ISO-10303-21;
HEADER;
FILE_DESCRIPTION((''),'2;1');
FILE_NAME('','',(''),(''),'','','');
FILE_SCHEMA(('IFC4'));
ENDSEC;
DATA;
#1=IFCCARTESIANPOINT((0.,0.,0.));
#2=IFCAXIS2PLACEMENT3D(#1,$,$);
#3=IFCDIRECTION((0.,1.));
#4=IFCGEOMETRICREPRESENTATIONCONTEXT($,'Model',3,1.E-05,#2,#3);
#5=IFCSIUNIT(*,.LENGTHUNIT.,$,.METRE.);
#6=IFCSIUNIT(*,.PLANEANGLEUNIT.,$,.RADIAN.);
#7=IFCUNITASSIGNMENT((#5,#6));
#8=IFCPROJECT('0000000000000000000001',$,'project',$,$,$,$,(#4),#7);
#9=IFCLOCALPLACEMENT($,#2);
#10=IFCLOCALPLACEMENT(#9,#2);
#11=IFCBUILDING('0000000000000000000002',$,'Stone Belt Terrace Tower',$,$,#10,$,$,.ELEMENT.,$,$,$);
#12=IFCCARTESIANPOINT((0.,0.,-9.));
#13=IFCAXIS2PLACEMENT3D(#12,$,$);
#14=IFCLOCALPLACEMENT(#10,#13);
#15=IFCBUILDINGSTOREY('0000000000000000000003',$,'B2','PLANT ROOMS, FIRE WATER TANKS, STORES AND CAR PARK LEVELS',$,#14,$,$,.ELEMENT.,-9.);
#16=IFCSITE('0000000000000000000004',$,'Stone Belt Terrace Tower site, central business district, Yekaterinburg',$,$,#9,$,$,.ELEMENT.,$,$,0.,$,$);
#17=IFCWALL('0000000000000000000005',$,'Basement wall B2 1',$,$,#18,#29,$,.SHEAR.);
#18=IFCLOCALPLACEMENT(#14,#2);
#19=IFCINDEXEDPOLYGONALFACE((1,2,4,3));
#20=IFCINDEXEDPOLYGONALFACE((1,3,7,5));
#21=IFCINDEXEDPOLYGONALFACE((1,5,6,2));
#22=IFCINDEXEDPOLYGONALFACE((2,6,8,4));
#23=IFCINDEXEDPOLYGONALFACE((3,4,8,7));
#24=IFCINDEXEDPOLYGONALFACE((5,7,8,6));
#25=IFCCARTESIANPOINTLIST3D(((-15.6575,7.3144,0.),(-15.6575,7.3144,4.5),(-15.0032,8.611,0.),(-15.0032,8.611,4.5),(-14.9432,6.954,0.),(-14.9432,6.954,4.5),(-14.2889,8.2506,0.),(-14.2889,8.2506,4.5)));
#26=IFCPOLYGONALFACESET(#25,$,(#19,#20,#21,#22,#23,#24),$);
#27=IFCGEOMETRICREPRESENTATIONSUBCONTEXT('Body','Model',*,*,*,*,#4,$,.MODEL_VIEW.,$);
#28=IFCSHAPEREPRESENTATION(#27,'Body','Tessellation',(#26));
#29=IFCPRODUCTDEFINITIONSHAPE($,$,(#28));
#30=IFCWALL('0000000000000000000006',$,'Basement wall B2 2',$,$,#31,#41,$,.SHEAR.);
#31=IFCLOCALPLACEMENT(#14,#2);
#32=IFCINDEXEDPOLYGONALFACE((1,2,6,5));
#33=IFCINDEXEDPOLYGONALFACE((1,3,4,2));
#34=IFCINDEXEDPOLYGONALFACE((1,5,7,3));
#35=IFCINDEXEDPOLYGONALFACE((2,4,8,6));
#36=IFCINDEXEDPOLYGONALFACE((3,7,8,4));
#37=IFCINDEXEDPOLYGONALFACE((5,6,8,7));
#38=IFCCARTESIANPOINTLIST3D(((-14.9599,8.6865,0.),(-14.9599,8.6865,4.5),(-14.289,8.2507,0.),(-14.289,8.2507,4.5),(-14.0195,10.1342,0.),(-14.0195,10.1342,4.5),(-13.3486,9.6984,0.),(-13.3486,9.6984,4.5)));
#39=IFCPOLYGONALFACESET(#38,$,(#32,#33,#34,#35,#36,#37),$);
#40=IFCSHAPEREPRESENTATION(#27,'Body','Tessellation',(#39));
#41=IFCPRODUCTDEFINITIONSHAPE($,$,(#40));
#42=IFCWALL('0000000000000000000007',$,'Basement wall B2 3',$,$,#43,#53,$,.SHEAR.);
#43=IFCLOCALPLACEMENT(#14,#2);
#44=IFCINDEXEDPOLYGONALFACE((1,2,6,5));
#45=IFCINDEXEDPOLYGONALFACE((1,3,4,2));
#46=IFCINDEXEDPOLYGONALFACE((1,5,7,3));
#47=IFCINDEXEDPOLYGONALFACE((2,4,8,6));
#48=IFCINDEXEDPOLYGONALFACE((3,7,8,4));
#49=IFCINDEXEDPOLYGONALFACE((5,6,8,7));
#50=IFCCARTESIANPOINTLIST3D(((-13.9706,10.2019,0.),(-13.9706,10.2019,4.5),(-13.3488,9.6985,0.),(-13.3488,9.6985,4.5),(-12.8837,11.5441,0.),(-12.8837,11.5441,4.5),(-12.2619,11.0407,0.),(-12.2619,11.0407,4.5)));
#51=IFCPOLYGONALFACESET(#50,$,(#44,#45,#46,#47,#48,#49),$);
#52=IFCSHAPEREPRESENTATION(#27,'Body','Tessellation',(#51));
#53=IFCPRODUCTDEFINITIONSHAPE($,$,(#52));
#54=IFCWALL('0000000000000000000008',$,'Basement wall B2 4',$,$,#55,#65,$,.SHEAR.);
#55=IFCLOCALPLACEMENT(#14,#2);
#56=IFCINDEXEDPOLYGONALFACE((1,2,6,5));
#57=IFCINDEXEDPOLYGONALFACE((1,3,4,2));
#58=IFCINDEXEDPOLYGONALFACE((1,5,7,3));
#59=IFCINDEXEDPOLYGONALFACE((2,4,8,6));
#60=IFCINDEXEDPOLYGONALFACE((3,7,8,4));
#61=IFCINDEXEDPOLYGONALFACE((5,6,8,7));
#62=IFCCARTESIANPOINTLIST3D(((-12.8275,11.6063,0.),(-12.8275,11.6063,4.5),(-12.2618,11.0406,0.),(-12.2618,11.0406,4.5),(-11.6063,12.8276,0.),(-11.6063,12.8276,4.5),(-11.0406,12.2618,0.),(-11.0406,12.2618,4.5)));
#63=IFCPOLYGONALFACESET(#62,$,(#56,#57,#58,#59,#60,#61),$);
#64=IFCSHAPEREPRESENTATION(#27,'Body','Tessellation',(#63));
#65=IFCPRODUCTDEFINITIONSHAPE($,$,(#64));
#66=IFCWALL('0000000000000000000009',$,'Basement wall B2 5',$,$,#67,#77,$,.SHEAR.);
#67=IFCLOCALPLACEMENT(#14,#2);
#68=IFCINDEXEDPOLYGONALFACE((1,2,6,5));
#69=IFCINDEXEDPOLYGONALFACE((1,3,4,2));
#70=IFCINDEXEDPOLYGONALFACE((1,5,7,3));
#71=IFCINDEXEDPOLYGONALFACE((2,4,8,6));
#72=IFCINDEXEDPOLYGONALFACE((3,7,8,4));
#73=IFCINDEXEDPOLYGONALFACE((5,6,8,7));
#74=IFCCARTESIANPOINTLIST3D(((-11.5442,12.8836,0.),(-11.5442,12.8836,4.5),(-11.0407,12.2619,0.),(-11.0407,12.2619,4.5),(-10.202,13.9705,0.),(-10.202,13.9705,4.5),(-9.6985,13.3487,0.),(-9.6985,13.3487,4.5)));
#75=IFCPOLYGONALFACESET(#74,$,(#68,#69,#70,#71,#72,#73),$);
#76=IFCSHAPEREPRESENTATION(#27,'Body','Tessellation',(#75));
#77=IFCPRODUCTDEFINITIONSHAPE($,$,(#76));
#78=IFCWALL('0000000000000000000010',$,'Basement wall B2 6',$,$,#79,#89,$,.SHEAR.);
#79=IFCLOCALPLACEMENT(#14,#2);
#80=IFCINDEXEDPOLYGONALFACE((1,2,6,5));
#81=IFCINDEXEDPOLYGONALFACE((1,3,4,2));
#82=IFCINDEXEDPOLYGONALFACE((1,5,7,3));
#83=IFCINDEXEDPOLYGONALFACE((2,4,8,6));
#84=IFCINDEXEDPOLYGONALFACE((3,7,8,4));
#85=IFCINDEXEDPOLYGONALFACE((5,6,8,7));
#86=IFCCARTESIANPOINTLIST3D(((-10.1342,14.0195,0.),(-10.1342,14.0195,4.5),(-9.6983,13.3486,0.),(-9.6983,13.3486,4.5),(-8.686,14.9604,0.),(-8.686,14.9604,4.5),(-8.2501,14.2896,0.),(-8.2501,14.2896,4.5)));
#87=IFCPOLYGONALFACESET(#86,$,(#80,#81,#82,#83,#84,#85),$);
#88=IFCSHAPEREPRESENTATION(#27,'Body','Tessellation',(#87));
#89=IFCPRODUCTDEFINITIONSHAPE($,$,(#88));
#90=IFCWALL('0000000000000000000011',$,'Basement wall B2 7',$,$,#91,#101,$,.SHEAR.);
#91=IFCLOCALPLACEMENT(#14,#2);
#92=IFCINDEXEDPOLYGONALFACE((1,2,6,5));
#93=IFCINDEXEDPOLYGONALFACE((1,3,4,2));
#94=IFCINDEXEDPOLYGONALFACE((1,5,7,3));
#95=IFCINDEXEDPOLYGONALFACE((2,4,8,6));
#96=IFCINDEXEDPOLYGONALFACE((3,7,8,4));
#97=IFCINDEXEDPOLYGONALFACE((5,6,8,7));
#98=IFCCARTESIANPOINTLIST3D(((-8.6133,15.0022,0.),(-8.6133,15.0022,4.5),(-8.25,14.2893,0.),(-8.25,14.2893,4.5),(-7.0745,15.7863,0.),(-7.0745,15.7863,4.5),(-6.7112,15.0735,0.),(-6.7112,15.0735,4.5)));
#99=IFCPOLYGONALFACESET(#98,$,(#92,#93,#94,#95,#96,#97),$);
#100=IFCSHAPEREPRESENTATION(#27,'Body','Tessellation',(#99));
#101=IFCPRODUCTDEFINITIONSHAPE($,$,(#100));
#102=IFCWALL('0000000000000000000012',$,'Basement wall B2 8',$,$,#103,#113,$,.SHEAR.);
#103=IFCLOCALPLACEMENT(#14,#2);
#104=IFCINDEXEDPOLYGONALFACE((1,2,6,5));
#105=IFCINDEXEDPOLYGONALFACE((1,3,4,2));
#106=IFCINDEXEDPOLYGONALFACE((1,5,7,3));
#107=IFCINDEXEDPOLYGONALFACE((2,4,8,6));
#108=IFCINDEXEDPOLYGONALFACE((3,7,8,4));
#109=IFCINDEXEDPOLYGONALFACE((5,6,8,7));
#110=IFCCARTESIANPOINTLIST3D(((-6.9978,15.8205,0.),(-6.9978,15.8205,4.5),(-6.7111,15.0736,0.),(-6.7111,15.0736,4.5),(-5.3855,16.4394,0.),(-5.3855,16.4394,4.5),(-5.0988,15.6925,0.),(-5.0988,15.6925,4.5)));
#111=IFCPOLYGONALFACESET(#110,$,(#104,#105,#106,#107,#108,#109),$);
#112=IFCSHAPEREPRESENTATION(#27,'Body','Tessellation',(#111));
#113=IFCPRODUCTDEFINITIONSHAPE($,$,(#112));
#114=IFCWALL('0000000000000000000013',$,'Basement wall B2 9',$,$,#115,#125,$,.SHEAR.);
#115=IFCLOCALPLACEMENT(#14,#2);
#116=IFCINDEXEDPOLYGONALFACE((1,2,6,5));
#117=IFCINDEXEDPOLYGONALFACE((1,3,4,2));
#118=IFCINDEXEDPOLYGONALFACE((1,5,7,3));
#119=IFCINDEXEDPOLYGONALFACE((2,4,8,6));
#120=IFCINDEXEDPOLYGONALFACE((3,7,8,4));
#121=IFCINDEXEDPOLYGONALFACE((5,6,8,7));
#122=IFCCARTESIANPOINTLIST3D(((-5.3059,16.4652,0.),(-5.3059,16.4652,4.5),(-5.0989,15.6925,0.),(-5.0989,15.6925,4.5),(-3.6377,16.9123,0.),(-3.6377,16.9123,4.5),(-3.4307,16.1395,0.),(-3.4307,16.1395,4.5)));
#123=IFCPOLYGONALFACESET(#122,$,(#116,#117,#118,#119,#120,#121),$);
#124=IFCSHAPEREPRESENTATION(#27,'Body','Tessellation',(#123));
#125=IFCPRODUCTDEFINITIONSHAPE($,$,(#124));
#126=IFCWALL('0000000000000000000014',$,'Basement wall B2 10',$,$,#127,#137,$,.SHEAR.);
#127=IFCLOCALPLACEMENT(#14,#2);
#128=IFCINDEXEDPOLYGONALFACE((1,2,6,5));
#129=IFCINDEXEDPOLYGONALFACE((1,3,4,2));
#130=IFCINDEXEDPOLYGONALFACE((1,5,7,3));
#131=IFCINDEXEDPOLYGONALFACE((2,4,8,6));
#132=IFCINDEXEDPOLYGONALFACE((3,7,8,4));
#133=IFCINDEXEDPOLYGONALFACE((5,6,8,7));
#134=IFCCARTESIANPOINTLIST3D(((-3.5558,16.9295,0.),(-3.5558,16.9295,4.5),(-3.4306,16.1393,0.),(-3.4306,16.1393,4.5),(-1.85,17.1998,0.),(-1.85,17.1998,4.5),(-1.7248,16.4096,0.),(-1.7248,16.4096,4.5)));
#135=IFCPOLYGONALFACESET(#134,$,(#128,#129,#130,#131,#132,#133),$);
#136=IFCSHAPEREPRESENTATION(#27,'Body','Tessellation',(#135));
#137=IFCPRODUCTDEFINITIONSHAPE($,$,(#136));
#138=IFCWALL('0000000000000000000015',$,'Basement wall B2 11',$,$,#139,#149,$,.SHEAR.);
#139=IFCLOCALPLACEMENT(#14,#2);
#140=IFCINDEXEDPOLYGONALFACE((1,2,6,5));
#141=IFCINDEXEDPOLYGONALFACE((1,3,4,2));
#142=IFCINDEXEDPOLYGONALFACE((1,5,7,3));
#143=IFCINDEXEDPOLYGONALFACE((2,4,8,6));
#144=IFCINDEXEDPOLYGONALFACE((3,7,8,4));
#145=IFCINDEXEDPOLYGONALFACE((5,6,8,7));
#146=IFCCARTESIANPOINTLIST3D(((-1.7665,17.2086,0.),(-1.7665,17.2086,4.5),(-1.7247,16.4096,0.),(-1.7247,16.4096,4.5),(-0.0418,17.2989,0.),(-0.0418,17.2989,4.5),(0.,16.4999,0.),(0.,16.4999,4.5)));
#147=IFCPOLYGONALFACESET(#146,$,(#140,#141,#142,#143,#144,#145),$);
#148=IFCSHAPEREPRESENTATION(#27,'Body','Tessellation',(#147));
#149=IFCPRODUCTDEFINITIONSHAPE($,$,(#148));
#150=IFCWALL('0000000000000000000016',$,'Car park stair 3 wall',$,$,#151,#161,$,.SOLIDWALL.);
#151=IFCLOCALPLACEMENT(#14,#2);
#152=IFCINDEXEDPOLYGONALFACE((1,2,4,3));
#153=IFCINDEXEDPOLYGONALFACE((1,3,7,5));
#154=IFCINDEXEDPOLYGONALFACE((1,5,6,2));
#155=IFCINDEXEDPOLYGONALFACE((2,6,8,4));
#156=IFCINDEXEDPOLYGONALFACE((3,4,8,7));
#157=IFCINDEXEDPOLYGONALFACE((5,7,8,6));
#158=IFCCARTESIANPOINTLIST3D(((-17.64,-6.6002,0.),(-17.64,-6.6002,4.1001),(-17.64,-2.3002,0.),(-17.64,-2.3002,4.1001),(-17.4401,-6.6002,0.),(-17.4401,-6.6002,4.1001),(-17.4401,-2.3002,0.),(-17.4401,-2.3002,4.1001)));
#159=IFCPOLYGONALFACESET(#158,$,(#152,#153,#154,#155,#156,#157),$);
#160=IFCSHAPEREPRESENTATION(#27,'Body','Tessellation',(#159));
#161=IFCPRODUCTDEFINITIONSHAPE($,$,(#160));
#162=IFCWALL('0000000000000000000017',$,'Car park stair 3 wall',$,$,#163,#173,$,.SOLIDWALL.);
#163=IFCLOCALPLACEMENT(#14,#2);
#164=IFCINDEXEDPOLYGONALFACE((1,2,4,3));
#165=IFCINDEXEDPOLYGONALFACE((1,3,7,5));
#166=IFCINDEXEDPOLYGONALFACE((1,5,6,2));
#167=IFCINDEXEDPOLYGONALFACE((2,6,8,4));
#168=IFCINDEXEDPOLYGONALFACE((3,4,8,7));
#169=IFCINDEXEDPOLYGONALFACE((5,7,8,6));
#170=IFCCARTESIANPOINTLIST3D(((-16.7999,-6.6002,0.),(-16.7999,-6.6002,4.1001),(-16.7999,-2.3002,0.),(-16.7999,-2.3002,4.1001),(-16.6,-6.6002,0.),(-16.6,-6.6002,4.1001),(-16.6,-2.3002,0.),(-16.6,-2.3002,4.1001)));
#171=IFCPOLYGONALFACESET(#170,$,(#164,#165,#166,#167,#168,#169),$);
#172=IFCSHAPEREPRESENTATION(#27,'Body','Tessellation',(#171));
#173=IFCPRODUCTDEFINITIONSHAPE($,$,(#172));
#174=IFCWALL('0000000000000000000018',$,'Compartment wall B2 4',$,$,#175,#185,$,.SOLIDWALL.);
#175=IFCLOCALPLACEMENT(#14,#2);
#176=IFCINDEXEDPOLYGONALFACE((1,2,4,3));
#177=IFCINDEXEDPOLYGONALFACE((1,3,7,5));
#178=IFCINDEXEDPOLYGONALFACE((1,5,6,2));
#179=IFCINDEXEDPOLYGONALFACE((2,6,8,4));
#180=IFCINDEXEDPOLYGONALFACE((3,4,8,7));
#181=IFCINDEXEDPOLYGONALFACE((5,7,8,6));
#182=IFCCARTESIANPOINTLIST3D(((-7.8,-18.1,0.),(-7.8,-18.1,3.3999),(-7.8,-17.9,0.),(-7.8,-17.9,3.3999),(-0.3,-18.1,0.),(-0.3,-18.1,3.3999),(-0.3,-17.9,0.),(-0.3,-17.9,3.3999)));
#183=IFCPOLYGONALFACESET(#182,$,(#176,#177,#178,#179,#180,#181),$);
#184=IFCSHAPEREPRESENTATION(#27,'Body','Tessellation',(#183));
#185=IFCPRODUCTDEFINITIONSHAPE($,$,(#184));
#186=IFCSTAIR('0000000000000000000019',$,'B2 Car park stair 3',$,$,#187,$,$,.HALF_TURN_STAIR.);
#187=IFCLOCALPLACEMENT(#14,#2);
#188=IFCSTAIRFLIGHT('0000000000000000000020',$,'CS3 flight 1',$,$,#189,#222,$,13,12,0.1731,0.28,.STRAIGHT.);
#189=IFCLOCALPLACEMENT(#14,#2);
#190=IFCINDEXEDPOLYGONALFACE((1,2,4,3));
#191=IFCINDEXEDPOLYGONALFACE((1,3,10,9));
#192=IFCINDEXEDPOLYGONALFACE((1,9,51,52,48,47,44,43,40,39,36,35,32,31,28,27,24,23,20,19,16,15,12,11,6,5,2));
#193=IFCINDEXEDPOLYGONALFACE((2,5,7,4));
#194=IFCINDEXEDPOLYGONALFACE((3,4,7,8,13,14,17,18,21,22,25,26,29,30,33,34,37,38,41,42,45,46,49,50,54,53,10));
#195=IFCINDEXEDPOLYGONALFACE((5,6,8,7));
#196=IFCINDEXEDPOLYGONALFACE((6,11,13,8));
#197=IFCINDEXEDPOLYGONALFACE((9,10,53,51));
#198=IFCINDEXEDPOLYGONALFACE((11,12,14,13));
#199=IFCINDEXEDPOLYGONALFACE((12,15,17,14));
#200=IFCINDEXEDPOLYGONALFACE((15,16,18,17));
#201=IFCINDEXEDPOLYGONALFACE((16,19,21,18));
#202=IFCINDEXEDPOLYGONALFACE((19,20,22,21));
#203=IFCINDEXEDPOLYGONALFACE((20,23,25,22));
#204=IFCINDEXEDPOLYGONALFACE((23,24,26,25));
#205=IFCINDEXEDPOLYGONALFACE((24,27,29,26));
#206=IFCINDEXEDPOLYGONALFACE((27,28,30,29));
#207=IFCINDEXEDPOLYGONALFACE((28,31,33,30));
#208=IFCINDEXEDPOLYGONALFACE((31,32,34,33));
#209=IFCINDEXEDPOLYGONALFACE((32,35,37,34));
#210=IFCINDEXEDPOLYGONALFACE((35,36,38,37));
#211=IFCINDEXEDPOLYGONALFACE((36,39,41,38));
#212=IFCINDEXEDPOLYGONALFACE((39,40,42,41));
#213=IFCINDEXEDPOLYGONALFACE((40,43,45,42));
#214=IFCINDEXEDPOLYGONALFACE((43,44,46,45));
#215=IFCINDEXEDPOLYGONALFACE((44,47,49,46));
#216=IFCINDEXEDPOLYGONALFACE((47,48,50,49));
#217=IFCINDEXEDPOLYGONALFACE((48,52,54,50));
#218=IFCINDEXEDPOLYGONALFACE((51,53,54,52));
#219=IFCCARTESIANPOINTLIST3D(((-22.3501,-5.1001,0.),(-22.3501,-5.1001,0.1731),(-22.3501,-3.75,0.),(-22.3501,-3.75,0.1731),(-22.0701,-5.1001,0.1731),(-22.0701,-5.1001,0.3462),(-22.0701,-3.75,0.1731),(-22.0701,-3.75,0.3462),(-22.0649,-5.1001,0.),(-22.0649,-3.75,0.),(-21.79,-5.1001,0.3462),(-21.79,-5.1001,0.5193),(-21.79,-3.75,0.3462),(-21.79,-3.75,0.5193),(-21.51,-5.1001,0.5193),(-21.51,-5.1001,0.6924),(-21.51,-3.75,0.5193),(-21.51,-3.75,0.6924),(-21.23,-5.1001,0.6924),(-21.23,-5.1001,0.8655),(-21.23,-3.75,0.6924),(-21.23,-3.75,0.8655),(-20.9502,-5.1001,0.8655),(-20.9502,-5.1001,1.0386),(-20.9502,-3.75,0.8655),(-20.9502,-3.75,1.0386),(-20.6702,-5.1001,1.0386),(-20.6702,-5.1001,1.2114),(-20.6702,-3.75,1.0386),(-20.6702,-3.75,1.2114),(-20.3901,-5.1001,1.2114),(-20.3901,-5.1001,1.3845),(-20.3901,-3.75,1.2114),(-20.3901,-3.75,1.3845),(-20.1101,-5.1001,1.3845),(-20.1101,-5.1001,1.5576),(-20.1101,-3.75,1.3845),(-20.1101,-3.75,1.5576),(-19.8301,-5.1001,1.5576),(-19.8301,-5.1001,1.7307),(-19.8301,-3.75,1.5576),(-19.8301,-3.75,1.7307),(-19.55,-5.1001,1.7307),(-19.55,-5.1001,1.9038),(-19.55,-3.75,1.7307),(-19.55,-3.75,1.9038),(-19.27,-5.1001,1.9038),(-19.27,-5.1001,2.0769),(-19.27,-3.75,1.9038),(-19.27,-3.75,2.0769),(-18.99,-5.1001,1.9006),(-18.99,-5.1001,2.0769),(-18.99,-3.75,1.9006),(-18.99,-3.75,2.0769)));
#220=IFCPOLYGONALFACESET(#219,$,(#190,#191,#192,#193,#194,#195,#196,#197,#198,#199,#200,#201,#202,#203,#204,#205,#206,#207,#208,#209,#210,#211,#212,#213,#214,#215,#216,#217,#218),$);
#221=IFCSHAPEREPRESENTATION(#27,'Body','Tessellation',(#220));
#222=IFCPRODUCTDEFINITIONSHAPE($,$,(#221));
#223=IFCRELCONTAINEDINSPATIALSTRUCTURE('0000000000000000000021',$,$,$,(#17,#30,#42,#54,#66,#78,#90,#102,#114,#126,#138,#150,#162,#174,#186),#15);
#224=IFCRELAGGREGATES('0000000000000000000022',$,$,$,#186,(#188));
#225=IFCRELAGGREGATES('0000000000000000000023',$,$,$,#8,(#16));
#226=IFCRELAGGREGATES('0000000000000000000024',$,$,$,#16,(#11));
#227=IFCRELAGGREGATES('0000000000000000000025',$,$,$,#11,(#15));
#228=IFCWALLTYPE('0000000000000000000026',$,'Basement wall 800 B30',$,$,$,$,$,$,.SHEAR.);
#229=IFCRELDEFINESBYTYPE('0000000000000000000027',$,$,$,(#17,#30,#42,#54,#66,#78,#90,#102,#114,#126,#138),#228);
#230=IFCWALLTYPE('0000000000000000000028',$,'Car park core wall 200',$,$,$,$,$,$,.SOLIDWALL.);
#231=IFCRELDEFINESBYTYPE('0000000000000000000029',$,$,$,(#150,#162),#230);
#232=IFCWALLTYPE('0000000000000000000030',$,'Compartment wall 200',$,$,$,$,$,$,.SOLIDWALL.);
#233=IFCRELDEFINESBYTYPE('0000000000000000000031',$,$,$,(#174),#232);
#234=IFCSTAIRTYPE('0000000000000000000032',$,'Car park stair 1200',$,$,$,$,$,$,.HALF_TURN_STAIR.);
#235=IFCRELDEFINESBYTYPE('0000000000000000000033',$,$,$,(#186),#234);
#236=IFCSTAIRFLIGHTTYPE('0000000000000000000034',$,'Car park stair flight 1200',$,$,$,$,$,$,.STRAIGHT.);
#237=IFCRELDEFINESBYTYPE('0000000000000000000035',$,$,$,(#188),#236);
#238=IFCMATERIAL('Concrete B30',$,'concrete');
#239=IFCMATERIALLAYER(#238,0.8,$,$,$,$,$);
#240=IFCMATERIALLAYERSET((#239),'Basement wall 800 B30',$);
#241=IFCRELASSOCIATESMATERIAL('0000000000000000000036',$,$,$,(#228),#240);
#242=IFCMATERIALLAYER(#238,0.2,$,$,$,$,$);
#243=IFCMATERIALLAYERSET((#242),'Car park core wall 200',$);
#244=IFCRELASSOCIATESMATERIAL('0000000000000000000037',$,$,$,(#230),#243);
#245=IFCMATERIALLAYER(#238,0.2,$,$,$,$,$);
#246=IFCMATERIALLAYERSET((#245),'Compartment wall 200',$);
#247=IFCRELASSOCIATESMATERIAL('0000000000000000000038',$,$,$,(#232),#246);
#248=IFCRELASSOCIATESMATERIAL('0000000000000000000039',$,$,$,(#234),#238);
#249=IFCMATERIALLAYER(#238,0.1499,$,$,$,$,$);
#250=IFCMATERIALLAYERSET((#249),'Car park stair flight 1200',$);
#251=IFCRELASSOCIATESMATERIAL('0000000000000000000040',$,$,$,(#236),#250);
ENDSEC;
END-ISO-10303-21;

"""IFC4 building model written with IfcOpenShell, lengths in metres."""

from ifc_helpers import new_model, si_unit, direction, frame, frame_2d, origin, place, context, subcontext, project, spatial, polyline, rectangle, outline, extrude, material, layer, layer_set, type_object, element, aggregate, save


model = new_model("IFC4")

# Units and contexts
model_context = context("Model", 3, precision=1e-05, world=origin(), true_north=direction((0.0, 1.0)))
body_context = subcontext(model_context, "Body", "Model", "MODEL_VIEW")
ifc_project = project(units=[si_unit("LENGTHUNIT", "METRE"), si_unit("PLANEANGLEUNIT", "RADIAN")], contexts=[model_context])

# Site, building, storey
site_placement = place(None, origin())
site = spatial("IfcSite", under=ifc_project, at=site_placement, Name="Stone Belt Terrace Tower site, central business district, Yekaterinburg", CompositionType="ELEMENT", RefElevation=0.0)
building_placement = place(site_placement, origin())
building = spatial("IfcBuilding", under=site, at=building_placement, Name="Stone Belt Terrace Tower", CompositionType="ELEMENT")
storey_placement = place(building_placement, frame((0.0, 0.0, -9.0)))
storey = spatial("IfcBuildingStorey", under=building, at=storey_placement, Name="B2", Description="PLANT ROOMS, FIRE WATER TANKS, STORES AND CAR PARK LEVELS", CompositionType="ELEMENT", Elevation=-9.0)

# Walls
ifc_material_1 = material(Name="Concrete B30", Category="concrete")
ifc_layer_1 = layer(ifc_material_1, 0.8)
ifc_layer_set_1 = layer_set([ifc_layer_1], Name="Basement wall 800 B30")
wall_type_1 = type_object("IfcWallType", Name="Basement wall 800 B30", PredefinedType="SHEAR", material=ifc_layer_set_1)
wall_1_placement = place(storey_placement, frame((-15.3003, 7.1343, 0.0), z_axis=(0.0, 0.0, 1.0), x_axis=(0.450505, 0.892774, 0.0)))
element("IfcWall", 1, at=wall_1_placement, inside=storey, type_object=wall_type_1, Name="Basement wall B2 1", PredefinedType="SHEAR", context=body_context, shape_type="SweptSolid", body=[
    extrude(rectangle(XDim=1.4524, YDim=0.8, at=frame_2d((0.7261, 0.0))), origin(), (0.0, 0.0, 1.0), 4.5),
])
wall_2_placement = place(storey_placement, frame((-14.6245, 8.4685, 0.0), z_axis=(0.0, 0.0, 1.0), x_axis=(0.54474, 0.838605, 0.0)))
element("IfcWall", 2, at=wall_2_placement, inside=storey, type_object=wall_type_1, Name="Basement wall B2 2", PredefinedType="SHEAR", context=body_context, shape_type="SweptSolid", body=[
    extrude(rectangle(XDim=1.7263, YDim=0.8, at=frame_2d((0.8633, 0.0))), origin(), (0.0, 0.0, 1.0), 4.5),
])
for number, where, z_axis, x_axis, name in (
    (3, (-13.6597, 9.9502, 0.0), (0.0, 0.0, 1.0), (0.629304, 0.777159, 0.0), "Basement wall B2 3"),
    (4, (-12.5447, 11.3235, 0.0), (0.0, 0.0, 1.0), (0.707107, 0.707107, 0.0), "Basement wall B2 4"),
    (5, (-11.2925, 12.5728, 0.0), (0.0, 0.0, 1.0), (0.777159, 0.629304, 0.0), "Basement wall B2 5"),
    (6, (-9.9163, 13.6841, 0.0), (0.0, 0.0, 1.0), (0.83856, 0.544809, 0.0), "Basement wall B2 6"),
    (7, (-8.4316, 14.6458, 0.0), (0.0, 0.0, 1.0), (0.89098, 0.454042, 0.0), "Basement wall B2 7"),
    (8, (-6.8545, 15.447, 0.0), (0.0, 0.0, 1.0), (0.933582, 0.358363, 0.0), "Basement wall B2 8"),
    (9, (-5.2024, 16.0789, 0.0), (0.0, 0.0, 1.0), (0.965922, 0.258833, 0.0), "Basement wall B2 9"),
    (10, (-3.4932, 16.5344, 0.0), (0.0, 0.0, 1.0), (0.98768, 0.156485, 0.0), "Basement wall B2 10"),
    (11, (-1.7456, 16.8091, 0.0), (0.0, 0.0, 1.0), (0.998631, 0.052307, 0.0), "Basement wall B2 11"),
):
    element("IfcWall", number, at=place(storey_placement, frame(where, z_axis=z_axis, x_axis=x_axis)), inside=storey, type_object=wall_type_1, Name=name, PredefinedType="SHEAR", context=body_context, shape_type="SweptSolid", body=[
        extrude(rectangle(XDim=1.7271, YDim=0.8, at=frame_2d((0.8635, 0.0))), origin(), (0.0, 0.0, 1.0), 4.5),
    ])
ifc_layer_2 = layer(ifc_material_1, 0.2)
ifc_layer_set_2 = layer_set([ifc_layer_2], Name="Car park core wall 200")
wall_type_2 = type_object("IfcWallType", Name="Car park core wall 200", PredefinedType="SOLIDWALL", material=ifc_layer_set_2)
for number, where, z_axis, x_axis, name in (
    (12, (-17.54, -6.6001, 0.0), (0.0, 0.0, 1.0), (0.0, 1.0, 0.0), "Car park stair 3 wall"),
    (13, (-16.7, -6.6001, 0.0), (0.0, 0.0, 1.0), (0.0, 1.0, 0.0), "Car park stair 3 wall"),
):
    element("IfcWall", number, at=place(storey_placement, frame(where, z_axis=z_axis, x_axis=x_axis)), inside=storey, type_object=wall_type_2, Name=name, PredefinedType="SOLIDWALL", context=body_context, shape_type="SweptSolid", body=[
        extrude(rectangle(XDim=4.3, YDim=0.2, at=frame_2d((2.1499, 0.0))), origin(), (0.0, 0.0, 1.0), 4.1001),
    ])
ifc_layer_3 = layer(ifc_material_1, 0.2)
ifc_layer_set_3 = layer_set([ifc_layer_3], Name="Compartment wall 200")
wall_type_3 = type_object("IfcWallType", Name="Compartment wall 200", PredefinedType="SOLIDWALL", material=ifc_layer_set_3)
wall_3_placement = place(storey_placement, frame((-7.8, -18.0, 0.0), z_axis=(0.0, 0.0, 1.0), x_axis=(1.0, 0.0, 0.0)))
element("IfcWall", 14, at=wall_3_placement, inside=storey, type_object=wall_type_3, Name="Compartment wall B2 4", PredefinedType="SOLIDWALL", context=body_context, shape_type="SweptSolid", body=[
    extrude(rectangle(XDim=7.5, YDim=0.2, at=frame_2d((3.75, 0.0))), origin(), (0.0, 0.0, 1.0), 3.3999),
])

# Stair, stair flight
stair_type = type_object("IfcStairType", Name="Car park stair 1200", PredefinedType="HALF_TURN_STAIR", material=ifc_material_1)
stair_placement = place(storey_placement, origin())
stair = element("IfcStair", 15, at=stair_placement, inside=storey, type_object=stair_type, Name="B2 Car park stair 3", PredefinedType="HALF_TURN_STAIR")
ifc_layer_4 = layer(ifc_material_1, 0.1499)
ifc_layer_set_4 = layer_set([ifc_layer_4], Name="Car park stair flight 1200")
stair_flight_type = type_object("IfcStairFlightType", Name="Car park stair flight 1200", PredefinedType="STRAIGHT", material=ifc_layer_set_4)
stair_flight_1_placement = place(storey_placement, frame((-22.3501, -4.425, 0.0), z_axis=(0.0, 0.0, 1.0), x_axis=(1.0, 0.0, 0.0)))
stair_flight_1 = element("IfcStairFlight", 16, at=stair_flight_1_placement, type_object=stair_flight_type, Name="CS3 flight 1", NumberOfRisers=13, NumberOfTreads=12, PredefinedType="STRAIGHT", RiserHeight=0.1731, TreadLength=0.28, context=body_context, shape_type="SweptSolid", body=[
    extrude(outline(polyline([(0.0, 0.0), (0.0, 0.1731), (0.28, 0.1731), (0.28, 0.3462), (0.5601, 0.3462), (0.5601, 0.5193), (0.8401, 0.5193), (0.8401, 0.6924), (1.1201, 0.6924), (1.1201, 0.8655), (1.3999, 0.8655), (1.3999, 1.0386), (1.6799, 1.0386), (1.6799, 1.2114), (1.96, 1.2114), (1.96, 1.3845), (2.24, 1.3845), (2.24, 1.5576), (2.52, 1.5576), (2.52, 1.7307), (2.8, 1.7307), (2.8, 1.9038), (3.0801, 1.9038), (3.0801, 2.0769), (3.3601, 2.0769), (3.3601, 2.25), (3.3601, 1.9006), (0.2852, 0.0), (0.0, 0.0)])), frame((0.0, 0.675, 0.0), z_axis=(0.0, -1.0, 0.0), x_axis=(1.0, 0.0, 0.0)), (0.0, 0.0, 1.0), 1.3501),
])
aggregate(stair, [stair_flight_1])

save(model, "model.ifc")
